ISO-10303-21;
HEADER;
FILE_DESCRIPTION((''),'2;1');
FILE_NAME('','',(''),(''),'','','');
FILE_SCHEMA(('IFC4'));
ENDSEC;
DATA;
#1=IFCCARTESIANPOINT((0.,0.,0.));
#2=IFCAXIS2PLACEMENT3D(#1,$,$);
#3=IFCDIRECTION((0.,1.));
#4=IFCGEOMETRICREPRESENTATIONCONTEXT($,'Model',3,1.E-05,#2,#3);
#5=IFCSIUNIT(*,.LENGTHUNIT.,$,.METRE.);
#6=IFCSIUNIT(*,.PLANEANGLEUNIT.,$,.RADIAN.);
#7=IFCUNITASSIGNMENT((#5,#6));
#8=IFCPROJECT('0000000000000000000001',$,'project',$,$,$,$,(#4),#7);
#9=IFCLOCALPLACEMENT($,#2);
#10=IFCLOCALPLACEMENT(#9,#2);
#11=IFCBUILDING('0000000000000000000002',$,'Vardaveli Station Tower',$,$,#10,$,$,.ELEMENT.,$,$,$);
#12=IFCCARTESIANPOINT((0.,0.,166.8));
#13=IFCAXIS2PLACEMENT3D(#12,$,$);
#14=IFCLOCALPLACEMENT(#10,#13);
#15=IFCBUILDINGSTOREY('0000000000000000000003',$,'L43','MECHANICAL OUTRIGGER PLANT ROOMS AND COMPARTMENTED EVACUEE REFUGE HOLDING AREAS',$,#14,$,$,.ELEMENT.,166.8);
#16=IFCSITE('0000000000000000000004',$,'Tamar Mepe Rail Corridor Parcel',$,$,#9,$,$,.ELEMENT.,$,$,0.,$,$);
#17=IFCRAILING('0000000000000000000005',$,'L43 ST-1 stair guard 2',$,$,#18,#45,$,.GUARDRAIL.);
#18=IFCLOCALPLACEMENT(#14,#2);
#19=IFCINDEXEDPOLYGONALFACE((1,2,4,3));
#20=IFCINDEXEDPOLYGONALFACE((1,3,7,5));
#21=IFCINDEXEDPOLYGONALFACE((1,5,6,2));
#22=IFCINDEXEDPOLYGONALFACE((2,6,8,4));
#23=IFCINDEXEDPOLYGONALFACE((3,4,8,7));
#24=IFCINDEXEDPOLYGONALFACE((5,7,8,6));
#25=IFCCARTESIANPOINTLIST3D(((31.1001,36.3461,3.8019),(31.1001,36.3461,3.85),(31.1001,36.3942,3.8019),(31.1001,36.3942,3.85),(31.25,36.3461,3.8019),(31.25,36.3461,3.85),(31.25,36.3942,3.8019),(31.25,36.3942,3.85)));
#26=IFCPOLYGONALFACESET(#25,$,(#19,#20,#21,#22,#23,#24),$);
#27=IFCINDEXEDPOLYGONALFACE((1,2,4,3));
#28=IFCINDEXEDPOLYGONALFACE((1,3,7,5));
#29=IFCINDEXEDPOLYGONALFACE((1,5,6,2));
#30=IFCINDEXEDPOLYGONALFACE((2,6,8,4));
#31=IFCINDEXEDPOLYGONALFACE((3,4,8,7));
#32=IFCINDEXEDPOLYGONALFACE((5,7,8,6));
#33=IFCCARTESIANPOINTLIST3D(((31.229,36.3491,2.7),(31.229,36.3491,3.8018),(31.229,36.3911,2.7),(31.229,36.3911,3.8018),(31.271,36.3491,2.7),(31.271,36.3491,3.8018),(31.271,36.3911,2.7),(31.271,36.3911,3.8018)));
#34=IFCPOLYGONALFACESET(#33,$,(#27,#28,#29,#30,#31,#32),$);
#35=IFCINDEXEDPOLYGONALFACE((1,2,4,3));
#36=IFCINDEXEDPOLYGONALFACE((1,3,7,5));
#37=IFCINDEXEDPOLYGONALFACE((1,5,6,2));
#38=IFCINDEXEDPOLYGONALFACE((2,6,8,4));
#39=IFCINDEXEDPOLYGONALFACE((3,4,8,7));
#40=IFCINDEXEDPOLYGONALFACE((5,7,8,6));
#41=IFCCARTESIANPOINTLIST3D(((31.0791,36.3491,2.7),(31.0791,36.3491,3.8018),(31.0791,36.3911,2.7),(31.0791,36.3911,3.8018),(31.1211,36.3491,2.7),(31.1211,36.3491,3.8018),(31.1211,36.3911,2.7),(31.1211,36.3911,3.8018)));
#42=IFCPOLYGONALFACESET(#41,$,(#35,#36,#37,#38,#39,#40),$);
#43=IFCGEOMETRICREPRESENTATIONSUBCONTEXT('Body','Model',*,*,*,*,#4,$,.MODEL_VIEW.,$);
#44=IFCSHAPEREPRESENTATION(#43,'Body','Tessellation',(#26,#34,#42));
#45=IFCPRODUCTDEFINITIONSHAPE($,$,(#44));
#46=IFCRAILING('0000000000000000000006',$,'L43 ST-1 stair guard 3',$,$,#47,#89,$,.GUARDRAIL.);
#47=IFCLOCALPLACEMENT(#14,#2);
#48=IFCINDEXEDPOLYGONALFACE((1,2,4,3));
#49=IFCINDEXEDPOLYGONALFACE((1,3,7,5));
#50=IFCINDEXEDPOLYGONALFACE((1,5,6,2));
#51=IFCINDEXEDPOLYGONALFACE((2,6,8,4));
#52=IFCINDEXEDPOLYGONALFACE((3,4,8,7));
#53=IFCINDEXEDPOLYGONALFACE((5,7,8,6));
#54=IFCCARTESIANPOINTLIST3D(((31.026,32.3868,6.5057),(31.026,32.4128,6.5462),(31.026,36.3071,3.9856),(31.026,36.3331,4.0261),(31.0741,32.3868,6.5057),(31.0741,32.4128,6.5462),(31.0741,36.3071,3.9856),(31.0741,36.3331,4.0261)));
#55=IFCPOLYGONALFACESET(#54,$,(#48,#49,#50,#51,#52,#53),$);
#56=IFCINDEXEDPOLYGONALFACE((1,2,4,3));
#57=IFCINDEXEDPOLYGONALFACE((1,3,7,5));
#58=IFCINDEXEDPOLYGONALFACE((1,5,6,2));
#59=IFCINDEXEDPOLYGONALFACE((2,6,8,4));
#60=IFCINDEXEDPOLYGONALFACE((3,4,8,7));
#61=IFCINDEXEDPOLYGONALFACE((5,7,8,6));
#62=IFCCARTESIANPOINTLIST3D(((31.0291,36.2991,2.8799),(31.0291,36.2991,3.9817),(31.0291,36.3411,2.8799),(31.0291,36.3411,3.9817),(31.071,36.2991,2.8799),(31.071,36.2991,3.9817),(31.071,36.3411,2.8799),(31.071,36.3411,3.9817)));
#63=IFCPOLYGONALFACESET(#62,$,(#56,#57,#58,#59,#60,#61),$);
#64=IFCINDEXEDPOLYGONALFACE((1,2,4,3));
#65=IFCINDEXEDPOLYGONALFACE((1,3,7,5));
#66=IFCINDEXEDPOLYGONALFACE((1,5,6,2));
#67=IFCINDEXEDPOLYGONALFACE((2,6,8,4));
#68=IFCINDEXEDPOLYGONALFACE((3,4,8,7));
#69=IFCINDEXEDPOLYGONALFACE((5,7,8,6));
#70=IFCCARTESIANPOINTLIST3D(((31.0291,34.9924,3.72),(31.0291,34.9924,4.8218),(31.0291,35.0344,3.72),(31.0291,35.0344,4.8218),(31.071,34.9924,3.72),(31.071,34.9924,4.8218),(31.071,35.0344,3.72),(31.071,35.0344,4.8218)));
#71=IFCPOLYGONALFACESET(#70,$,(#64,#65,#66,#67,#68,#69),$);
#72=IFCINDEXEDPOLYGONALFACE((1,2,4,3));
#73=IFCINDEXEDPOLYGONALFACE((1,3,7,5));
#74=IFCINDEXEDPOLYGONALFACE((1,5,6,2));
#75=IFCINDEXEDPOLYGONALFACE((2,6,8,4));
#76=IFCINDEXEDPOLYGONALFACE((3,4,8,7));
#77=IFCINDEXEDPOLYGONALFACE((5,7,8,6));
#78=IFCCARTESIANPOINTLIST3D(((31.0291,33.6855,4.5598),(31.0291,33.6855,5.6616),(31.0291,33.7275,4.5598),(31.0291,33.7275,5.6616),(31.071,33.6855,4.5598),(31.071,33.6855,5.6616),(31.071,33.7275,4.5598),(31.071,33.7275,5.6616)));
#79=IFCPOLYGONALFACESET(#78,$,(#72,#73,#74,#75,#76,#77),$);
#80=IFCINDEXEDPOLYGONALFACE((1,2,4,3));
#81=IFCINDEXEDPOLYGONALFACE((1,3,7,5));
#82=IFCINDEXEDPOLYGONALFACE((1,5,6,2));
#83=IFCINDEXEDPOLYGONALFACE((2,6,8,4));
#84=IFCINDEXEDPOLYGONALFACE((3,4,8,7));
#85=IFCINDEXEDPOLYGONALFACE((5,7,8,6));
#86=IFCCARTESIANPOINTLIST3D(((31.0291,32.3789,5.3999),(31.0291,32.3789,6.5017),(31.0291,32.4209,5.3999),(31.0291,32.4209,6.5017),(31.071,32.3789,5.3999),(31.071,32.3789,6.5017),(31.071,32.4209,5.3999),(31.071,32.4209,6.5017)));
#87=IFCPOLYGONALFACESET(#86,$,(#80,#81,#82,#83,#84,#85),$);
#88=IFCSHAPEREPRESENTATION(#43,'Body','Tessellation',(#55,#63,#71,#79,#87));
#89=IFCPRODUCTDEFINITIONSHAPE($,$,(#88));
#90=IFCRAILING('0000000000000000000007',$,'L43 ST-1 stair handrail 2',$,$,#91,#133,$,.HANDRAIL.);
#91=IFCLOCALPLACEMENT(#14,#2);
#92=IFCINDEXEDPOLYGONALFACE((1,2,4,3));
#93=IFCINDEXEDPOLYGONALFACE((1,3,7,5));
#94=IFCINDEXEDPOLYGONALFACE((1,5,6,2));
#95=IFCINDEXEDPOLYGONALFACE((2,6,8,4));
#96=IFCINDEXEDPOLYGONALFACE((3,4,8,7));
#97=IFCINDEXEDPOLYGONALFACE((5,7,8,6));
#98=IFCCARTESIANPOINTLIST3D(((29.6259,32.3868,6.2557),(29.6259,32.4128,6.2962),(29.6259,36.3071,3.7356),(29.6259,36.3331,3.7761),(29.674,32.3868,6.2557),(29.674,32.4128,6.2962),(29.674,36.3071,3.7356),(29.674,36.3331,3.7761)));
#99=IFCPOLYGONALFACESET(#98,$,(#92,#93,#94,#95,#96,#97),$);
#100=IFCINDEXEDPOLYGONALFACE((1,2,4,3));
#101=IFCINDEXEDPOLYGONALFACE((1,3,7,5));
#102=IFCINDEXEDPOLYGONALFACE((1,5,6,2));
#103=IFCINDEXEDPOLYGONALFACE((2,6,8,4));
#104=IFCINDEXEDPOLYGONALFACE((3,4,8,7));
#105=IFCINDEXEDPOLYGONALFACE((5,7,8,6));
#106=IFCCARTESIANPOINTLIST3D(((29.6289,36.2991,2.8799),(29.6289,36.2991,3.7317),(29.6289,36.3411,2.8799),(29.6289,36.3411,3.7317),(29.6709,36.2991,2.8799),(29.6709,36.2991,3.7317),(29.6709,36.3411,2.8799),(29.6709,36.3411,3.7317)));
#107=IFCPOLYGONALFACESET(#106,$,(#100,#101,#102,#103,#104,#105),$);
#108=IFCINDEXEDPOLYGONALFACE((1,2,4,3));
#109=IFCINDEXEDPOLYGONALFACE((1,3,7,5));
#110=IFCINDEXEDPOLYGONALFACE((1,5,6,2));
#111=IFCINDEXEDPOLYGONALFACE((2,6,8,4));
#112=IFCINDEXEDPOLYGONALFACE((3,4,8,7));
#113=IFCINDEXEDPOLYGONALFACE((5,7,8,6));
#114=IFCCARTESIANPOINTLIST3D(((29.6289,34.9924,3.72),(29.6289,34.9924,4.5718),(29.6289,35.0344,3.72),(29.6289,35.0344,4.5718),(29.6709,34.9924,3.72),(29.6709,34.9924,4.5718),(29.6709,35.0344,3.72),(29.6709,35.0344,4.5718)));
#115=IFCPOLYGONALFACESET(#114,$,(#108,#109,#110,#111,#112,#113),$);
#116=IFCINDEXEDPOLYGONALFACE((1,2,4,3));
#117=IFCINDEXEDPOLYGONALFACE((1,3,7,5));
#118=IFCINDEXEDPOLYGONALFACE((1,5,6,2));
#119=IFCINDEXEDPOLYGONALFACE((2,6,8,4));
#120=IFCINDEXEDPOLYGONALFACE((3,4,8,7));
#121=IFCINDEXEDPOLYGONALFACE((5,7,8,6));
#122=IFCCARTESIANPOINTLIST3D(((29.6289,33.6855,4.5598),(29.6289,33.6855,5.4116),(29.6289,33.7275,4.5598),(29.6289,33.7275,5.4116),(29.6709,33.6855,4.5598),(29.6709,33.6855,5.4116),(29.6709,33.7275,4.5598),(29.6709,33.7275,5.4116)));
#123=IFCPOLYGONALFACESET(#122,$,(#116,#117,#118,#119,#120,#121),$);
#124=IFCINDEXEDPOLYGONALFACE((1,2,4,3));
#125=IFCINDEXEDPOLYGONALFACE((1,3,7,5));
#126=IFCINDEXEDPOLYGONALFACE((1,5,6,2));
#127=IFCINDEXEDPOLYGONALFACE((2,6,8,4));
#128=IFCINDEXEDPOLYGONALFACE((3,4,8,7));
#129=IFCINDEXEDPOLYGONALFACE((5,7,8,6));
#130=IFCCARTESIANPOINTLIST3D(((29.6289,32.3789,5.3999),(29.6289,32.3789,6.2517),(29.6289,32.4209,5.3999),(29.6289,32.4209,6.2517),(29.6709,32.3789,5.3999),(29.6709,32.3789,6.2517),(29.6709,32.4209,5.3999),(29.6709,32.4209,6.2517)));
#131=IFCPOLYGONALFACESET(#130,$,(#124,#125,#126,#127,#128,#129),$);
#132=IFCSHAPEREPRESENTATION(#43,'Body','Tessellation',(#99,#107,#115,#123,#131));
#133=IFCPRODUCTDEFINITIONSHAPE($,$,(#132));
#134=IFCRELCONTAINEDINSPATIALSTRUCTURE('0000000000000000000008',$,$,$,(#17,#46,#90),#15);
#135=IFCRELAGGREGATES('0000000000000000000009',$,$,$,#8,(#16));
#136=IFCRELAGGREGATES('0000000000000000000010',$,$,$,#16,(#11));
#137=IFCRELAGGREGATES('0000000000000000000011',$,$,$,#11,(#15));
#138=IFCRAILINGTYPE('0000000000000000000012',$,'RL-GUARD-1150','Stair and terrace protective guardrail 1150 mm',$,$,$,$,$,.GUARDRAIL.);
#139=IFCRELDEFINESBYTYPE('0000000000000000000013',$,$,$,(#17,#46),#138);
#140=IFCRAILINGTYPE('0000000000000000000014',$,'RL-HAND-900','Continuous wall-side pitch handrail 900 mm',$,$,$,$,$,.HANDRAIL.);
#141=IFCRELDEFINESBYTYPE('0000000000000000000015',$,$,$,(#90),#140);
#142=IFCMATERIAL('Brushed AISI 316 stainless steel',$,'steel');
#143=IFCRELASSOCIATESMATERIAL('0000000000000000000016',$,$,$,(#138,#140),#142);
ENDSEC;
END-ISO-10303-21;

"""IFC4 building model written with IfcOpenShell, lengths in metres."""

from ifc_helpers import new_model, si_unit, direction, frame, origin, origin_2d, place, context, subcontext, project, spatial, rectangle, extrude, source, transform, mapped, material, type_object, element, save


model = new_model("IFC4")

# Units and contexts
model_context = context("Model", 3, precision=1e-05, world=origin(), true_north=direction((0.0, 1.0)))
body_context = subcontext(model_context, "Body", "Model", "MODEL_VIEW")
ifc_project = project(units=[si_unit("LENGTHUNIT", "METRE"), si_unit("PLANEANGLEUNIT", "RADIAN")], contexts=[model_context])

# Site, building, storey
site_placement = place(None, origin())
site = spatial("IfcSite", under=ifc_project, at=site_placement, Name="Tamar Mepe Rail Corridor Parcel", CompositionType="ELEMENT", RefElevation=0.0)
building_placement = place(site_placement, origin())
building = spatial("IfcBuilding", under=site, at=building_placement, Name="Vardaveli Station Tower", CompositionType="ELEMENT")
storey_placement = place(building_placement, frame((0.0, 0.0, 166.8)))
storey = spatial("IfcBuildingStorey", under=building, at=storey_placement, Name="L43", Description="MECHANICAL OUTRIGGER PLANT ROOMS AND COMPARTMENTED EVACUEE REFUGE HOLDING AREAS", CompositionType="ELEMENT", Elevation=166.8)

# Railings
ifc_material_1 = material(Name="Brushed AISI 316 stainless steel", Category="steel")
railing_type_1 = type_object("IfcRailingType", Name="RL-GUARD-1150", Description="Stair and terrace protective guardrail 1150 mm", PredefinedType="GUARDRAIL", material=ifc_material_1)
shared_shape_1 = source(origin(), body_context, "Body", "SweptSolid", [
    extrude(rectangle(XDim=0.0481, YDim=0.0481, at=origin_2d()), frame((0.0, 0.0, 1.126), z_axis=(-1.0, 0.0, 0.0), x_axis=(0.0, -1.0, 0.0)), (0.0, 0.0, 1.0), 0.1499),
    extrude(rectangle(XDim=0.042, YDim=0.042, at=origin_2d()), origin(), (0.0, 0.0, 1.0), 1.1018),
    extrude(rectangle(XDim=0.042, YDim=0.042, at=origin_2d()), frame((-0.1499, 0.0, 0.0)), (0.0, 0.0, 1.0), 1.1018),
])
railing_1_placement = place(storey_placement, frame((31.25, 36.3701, 2.7)))
element("IfcRailing", 1, at=railing_1_placement, inside=storey, type_object=railing_type_1, Name="L43 ST-1 stair guard 2", PredefinedType="GUARDRAIL", context=body_context, shape_type="MappedRepresentation", body=[
    mapped(shared_shape_1, transform((0.0, 0.0, 0.0), scale=1.0)),
])
shared_shape_2 = source(origin(), body_context, "Body", "SweptSolid", [
    extrude(rectangle(XDim=0.0481, YDim=0.0481, at=origin_2d()), frame((0.0, 0.0, 1.126), z_axis=(0.0, -0.841187, 0.540744), x_axis=(1.0, 0.0, 0.0)), (0.0, 0.0, 1.0), 4.6604),
    extrude(rectangle(XDim=0.042, YDim=0.042, at=origin_2d()), origin(), (0.0, 0.0, 1.0), 1.1018),
    extrude(rectangle(XDim=0.042, YDim=0.042, at=origin_2d()), frame((0.0, -1.3066, 0.8401)), (0.0, 0.0, 1.0), 1.1018),
    extrude(rectangle(XDim=0.042, YDim=0.042, at=origin_2d()), frame((0.0, -2.6135, 1.6799)), (0.0, 0.0, 1.0), 1.1018),
    extrude(rectangle(XDim=0.042, YDim=0.042, at=origin_2d()), frame((0.0, -3.9202, 2.52)), (0.0, 0.0, 1.0), 1.1018),
])
railing_2_placement = place(storey_placement, frame((31.05, 36.3201, 2.8799)))
element("IfcRailing", 2, at=railing_2_placement, inside=storey, type_object=railing_type_1, Name="L43 ST-1 stair guard 3", PredefinedType="GUARDRAIL", context=body_context, shape_type="MappedRepresentation", body=[
    mapped(shared_shape_2, transform((0.0, 0.0, 0.0), scale=1.0)),
])
railing_type_2 = type_object("IfcRailingType", Name="RL-HAND-900", Description="Continuous wall-side pitch handrail 900 mm", PredefinedType="HANDRAIL", material=ifc_material_1)
shared_shape_3 = source(origin(), body_context, "Body", "SweptSolid", [
    extrude(rectangle(XDim=0.0481, YDim=0.0481, at=origin_2d()), frame((0.0, 0.0, 0.876), z_axis=(0.0, -0.841187, 0.540744), x_axis=(1.0, 0.0, 0.0)), (0.0, 0.0, 1.0), 4.6604),
    extrude(rectangle(XDim=0.042, YDim=0.042, at=origin_2d()), origin(), (0.0, 0.0, 1.0), 0.8518),
    extrude(rectangle(XDim=0.042, YDim=0.042, at=origin_2d()), frame((0.0, -1.3066, 0.8401)), (0.0, 0.0, 1.0), 0.8518),
    extrude(rectangle(XDim=0.042, YDim=0.042, at=origin_2d()), frame((0.0, -2.6135, 1.6799)), (0.0, 0.0, 1.0), 0.8518),
    extrude(rectangle(XDim=0.042, YDim=0.042, at=origin_2d()), frame((0.0, -3.9202, 2.52)), (0.0, 0.0, 1.0), 0.8518),
])
railing_3_placement = place(storey_placement, frame((29.6499, 36.3201, 2.8799)))
element("IfcRailing", 3, at=railing_3_placement, inside=storey, type_object=railing_type_2, Name="L43 ST-1 stair handrail 2", PredefinedType="HANDRAIL", context=body_context, shape_type="MappedRepresentation", body=[
    mapped(shared_shape_3, transform((0.0, 0.0, 0.0), scale=1.0)),
])

save(model, "model.ifc")
